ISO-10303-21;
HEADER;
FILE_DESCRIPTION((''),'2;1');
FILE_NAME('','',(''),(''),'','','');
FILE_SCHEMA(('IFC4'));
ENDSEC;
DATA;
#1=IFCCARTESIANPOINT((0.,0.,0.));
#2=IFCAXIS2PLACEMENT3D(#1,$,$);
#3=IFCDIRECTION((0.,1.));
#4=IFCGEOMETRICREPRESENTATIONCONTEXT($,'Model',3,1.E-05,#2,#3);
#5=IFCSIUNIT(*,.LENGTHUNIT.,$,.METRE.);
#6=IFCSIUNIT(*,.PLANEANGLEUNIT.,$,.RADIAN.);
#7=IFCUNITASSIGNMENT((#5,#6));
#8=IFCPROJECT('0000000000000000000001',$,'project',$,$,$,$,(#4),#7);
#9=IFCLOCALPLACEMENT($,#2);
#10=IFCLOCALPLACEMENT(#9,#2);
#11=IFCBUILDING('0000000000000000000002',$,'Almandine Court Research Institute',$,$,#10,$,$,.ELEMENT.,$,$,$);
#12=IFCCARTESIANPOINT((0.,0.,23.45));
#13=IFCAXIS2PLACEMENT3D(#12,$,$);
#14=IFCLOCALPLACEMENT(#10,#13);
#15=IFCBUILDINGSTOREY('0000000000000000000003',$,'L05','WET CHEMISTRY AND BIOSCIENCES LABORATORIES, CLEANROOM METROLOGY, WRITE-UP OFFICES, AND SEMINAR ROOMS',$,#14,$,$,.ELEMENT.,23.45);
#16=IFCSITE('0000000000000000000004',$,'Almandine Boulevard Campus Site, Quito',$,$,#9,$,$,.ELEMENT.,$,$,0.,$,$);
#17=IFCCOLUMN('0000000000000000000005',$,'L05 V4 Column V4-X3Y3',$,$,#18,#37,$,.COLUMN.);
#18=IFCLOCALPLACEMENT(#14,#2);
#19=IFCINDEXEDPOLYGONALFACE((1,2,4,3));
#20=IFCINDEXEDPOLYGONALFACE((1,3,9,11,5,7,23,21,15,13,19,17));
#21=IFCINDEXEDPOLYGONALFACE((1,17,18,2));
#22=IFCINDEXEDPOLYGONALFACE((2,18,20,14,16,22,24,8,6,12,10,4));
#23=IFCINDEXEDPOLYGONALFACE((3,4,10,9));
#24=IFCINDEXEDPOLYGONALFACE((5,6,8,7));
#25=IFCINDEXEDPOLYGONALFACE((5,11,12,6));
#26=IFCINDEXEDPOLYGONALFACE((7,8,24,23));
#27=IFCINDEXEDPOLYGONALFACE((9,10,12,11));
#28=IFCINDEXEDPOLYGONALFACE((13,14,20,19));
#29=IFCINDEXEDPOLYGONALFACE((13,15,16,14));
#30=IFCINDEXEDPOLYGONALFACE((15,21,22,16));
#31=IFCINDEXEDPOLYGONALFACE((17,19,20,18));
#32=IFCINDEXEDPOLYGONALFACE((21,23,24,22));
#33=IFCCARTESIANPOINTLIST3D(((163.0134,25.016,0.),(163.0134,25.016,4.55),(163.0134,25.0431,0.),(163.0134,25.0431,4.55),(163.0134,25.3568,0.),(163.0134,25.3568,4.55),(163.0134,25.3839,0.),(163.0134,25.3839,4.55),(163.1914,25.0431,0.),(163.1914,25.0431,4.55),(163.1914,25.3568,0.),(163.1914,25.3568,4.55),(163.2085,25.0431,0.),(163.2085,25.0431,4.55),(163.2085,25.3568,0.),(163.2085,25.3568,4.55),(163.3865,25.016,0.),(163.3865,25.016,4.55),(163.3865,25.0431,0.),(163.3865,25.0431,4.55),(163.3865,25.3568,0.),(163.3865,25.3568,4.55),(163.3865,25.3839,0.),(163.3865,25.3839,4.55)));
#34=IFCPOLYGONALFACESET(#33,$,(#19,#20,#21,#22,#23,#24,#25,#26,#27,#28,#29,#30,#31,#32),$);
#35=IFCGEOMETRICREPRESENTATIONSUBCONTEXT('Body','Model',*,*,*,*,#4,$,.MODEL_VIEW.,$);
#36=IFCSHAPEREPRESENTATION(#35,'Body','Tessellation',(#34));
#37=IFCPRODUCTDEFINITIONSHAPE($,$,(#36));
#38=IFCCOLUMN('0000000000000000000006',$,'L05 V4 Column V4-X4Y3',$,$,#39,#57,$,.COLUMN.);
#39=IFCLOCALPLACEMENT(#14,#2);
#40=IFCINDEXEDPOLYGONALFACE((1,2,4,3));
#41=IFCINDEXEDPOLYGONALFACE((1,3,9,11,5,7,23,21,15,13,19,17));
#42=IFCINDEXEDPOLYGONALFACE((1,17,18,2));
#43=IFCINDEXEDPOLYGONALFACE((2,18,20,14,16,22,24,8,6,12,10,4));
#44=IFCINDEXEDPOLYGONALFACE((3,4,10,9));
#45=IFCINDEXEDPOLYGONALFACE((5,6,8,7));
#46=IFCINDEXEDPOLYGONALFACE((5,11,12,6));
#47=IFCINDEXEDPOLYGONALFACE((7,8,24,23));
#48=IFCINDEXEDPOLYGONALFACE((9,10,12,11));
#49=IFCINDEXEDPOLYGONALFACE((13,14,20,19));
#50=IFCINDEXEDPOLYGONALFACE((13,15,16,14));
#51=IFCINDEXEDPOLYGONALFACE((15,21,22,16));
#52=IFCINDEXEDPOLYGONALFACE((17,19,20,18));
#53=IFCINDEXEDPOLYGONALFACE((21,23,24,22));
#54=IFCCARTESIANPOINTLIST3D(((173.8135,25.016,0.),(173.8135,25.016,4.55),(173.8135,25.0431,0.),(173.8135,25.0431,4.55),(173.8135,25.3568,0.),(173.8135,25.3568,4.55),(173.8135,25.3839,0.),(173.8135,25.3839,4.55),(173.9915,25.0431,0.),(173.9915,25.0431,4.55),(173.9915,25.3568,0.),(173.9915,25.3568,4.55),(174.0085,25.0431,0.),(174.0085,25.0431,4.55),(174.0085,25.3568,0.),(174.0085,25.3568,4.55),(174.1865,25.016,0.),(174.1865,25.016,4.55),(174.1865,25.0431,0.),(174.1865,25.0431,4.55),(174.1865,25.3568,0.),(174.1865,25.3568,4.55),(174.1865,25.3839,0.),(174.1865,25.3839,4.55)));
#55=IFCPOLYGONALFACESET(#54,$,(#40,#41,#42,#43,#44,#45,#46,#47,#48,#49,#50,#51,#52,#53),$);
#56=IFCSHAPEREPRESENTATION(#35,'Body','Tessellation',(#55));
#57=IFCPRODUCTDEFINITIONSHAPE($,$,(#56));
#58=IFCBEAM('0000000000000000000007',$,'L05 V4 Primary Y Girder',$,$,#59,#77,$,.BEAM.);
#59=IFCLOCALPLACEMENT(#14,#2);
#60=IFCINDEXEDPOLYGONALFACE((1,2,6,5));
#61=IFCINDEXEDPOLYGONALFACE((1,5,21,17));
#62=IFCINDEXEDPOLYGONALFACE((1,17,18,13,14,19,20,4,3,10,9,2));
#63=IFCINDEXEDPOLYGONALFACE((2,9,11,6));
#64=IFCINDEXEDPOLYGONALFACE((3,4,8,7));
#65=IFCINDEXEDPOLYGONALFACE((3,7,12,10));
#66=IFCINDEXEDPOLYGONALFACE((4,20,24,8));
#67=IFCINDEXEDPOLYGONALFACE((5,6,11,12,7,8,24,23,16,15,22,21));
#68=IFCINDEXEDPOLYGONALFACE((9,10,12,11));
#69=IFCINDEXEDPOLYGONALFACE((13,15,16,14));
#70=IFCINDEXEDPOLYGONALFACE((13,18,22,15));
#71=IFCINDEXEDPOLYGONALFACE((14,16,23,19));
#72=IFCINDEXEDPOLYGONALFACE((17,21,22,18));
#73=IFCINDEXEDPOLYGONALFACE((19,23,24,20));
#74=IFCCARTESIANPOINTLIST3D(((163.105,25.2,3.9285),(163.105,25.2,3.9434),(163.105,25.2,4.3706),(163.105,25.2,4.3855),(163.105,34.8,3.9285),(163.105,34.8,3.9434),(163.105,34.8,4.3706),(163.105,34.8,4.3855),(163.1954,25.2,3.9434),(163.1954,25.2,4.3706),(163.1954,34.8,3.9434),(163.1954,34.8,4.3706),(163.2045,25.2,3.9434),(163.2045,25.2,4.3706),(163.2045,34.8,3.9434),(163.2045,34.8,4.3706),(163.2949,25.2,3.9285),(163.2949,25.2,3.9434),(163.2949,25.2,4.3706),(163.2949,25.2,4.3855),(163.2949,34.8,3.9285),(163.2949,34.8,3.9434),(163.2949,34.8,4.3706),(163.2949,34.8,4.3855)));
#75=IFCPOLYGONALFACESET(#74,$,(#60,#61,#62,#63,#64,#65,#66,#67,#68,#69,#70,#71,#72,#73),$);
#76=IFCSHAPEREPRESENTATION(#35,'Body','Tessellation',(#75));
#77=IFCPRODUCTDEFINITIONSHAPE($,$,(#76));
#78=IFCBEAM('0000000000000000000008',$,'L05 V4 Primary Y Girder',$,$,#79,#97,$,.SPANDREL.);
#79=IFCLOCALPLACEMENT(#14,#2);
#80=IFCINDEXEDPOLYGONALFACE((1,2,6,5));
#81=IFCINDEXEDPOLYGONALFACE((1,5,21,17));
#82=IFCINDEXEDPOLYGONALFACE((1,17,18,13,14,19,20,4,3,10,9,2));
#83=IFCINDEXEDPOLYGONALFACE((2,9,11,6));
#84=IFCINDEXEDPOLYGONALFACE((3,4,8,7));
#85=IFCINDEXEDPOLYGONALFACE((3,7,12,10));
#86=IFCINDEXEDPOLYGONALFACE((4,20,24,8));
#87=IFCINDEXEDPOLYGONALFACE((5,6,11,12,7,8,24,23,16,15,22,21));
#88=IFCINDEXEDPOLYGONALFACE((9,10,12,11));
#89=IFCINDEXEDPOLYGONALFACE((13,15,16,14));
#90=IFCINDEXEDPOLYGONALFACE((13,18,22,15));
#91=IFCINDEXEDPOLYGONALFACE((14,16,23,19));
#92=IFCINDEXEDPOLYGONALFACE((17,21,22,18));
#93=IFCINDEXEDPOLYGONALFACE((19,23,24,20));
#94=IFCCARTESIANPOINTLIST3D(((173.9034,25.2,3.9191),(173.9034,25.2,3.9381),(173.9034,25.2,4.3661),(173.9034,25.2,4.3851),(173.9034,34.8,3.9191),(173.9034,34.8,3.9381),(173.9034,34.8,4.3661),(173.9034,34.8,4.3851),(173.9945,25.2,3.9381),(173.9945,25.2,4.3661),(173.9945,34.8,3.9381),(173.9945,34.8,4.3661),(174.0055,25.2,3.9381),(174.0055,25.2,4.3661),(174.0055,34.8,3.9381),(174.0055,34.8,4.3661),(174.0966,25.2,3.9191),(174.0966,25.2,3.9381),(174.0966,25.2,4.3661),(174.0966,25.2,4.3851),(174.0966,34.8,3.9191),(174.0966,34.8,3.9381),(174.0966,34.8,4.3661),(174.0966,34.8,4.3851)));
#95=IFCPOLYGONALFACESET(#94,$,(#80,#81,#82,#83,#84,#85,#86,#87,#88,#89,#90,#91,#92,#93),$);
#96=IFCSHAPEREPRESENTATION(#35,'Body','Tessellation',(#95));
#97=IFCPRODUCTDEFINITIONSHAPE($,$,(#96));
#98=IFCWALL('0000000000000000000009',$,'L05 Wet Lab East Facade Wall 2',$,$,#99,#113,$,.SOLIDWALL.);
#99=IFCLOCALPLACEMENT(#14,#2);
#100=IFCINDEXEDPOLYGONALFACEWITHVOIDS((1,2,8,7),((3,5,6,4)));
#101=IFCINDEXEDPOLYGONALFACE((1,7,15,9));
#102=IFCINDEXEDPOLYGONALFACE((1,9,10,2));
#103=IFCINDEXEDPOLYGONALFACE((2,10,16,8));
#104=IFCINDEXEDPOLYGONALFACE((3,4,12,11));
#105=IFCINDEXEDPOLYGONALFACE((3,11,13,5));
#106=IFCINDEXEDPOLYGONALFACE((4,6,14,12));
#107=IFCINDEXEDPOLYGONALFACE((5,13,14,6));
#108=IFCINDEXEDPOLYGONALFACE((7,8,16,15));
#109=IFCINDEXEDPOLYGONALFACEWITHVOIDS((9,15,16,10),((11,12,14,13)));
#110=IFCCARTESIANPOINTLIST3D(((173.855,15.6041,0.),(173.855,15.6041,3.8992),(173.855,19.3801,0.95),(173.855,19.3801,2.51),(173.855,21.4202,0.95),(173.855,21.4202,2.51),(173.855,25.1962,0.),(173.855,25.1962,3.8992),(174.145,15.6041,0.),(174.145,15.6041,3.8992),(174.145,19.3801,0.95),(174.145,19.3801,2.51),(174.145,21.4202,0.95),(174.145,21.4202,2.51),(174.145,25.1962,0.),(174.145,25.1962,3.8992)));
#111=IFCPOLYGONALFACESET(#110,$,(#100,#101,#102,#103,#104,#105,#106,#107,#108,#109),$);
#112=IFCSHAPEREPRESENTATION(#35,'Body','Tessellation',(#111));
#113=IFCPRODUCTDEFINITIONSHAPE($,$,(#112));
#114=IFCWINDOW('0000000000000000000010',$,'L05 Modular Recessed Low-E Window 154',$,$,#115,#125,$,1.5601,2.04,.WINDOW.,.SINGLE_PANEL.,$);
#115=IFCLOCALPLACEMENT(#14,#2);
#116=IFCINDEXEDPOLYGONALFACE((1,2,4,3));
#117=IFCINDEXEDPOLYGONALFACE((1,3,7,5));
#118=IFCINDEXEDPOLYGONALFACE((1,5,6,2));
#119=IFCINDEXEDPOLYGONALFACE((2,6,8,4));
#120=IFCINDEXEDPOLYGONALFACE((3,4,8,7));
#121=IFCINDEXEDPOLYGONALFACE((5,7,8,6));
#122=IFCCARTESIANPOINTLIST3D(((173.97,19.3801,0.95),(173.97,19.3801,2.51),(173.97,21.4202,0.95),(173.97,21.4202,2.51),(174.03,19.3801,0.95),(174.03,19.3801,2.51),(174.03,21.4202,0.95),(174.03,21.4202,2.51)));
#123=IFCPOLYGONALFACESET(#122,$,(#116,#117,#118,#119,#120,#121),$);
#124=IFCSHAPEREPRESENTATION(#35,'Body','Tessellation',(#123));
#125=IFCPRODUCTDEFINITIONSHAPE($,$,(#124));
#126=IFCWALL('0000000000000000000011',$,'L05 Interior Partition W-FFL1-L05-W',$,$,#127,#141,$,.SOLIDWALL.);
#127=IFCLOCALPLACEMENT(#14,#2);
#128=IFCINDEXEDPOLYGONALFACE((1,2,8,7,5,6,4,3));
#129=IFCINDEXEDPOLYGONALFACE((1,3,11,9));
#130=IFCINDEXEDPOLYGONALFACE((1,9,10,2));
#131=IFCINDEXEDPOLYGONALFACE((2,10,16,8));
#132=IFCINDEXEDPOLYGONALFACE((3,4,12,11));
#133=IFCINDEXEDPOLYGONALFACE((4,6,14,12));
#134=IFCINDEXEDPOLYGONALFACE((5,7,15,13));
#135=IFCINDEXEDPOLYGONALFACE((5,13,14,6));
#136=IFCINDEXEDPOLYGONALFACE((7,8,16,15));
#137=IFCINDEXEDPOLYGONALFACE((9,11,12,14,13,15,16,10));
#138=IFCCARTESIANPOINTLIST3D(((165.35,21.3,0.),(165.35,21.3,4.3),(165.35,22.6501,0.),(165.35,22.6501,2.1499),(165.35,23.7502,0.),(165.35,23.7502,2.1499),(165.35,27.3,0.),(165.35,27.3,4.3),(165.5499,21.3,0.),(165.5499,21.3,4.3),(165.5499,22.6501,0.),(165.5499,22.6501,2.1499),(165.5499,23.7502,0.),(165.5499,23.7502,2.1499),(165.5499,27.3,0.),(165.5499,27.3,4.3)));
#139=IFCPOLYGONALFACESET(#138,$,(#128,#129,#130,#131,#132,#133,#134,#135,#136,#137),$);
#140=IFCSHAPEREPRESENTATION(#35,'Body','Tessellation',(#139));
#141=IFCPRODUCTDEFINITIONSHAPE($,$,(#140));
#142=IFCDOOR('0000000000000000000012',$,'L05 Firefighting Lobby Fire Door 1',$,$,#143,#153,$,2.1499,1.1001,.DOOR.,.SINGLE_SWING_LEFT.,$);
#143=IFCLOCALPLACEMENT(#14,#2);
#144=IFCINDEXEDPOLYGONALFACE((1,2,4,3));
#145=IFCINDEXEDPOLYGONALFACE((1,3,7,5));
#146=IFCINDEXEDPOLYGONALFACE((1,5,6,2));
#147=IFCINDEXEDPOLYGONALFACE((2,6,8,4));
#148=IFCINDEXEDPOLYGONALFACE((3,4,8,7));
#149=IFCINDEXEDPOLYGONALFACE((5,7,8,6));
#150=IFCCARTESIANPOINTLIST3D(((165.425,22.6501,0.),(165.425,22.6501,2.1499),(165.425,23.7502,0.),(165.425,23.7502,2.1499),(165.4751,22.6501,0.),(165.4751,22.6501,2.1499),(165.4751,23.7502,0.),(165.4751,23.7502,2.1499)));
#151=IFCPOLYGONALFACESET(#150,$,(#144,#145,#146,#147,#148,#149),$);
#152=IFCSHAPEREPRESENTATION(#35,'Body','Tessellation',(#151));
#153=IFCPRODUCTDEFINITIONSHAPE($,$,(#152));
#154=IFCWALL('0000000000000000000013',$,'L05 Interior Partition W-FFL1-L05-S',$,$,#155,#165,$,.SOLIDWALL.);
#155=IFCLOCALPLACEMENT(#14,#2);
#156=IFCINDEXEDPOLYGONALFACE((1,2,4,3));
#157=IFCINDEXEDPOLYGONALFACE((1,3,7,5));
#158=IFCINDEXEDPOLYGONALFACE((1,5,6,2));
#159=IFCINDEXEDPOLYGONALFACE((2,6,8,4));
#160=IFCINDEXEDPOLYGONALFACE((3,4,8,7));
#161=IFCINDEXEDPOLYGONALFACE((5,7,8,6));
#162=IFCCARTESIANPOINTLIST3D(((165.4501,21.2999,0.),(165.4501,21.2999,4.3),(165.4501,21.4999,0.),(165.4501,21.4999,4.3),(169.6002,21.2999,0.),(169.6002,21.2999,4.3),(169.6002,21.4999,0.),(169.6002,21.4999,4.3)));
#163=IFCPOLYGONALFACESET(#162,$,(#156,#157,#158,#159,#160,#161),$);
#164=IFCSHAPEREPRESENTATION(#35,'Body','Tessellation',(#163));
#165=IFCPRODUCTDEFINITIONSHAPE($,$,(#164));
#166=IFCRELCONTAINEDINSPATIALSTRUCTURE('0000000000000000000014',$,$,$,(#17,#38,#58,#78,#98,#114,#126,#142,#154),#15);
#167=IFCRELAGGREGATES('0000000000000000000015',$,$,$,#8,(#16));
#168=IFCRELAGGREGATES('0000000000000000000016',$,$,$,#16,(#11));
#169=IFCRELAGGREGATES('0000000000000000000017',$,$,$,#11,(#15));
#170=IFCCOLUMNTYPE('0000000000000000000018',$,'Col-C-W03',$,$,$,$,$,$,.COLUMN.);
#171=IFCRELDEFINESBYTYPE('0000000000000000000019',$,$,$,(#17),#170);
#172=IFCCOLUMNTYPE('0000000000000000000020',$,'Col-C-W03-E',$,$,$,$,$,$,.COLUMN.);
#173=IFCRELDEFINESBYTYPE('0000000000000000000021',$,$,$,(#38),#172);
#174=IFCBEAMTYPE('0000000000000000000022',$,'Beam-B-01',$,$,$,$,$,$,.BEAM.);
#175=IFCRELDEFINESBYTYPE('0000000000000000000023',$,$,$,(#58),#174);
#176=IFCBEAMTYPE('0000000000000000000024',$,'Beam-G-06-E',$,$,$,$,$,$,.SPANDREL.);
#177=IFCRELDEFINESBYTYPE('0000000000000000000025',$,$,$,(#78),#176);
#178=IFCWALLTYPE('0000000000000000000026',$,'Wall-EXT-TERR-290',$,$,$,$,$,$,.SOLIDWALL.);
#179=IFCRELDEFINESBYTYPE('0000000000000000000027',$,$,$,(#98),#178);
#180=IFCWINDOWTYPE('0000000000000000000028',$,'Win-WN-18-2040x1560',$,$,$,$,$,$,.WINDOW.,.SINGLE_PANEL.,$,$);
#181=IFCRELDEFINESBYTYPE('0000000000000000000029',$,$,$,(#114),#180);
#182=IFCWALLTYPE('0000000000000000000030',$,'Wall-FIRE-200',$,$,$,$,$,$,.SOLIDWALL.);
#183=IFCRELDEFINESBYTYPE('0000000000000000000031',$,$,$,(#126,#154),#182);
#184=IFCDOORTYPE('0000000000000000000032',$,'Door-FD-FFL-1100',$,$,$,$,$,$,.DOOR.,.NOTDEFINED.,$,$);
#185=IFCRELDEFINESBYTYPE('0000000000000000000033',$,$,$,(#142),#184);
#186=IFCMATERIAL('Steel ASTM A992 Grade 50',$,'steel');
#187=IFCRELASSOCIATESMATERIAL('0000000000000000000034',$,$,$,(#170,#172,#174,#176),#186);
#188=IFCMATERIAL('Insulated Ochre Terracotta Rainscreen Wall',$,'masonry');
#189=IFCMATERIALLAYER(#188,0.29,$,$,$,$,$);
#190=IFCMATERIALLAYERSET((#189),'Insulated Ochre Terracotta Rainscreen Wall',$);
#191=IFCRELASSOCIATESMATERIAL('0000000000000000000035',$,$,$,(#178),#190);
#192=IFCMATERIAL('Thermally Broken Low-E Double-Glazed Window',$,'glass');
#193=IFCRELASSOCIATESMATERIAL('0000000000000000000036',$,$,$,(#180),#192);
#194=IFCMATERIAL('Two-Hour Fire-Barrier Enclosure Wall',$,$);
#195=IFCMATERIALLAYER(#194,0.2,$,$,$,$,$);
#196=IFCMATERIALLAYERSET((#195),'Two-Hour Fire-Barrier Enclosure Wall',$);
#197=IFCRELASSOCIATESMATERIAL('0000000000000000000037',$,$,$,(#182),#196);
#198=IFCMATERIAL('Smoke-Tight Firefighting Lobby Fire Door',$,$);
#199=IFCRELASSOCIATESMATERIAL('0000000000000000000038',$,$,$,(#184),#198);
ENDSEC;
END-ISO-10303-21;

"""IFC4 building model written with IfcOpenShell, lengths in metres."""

from ifc_helpers import new_model, si_unit, direction, frame, frame_2d, origin, origin_2d, place, context, subcontext, project, spatial, rectangle, i_section, extrude, material, layer, layer_set, material_profile, profile_set, type_object, element, fill, save


model = new_model("IFC4")

# Units and contexts
model_context = context("Model", 3, precision=1e-05, world=origin(), true_north=direction((0.0, 1.0)))
body_context = subcontext(model_context, "Body", "Model", "MODEL_VIEW")
ifc_project = project(units=[si_unit("LENGTHUNIT", "METRE"), si_unit("PLANEANGLEUNIT", "RADIAN")], contexts=[model_context])

# Site, building, storey
site_placement = place(None, origin())
site = spatial("IfcSite", under=ifc_project, at=site_placement, Name="Almandine Boulevard Campus Site, Quito", CompositionType="ELEMENT", RefElevation=0.0)
building_placement = place(site_placement, origin())
building = spatial("IfcBuilding", under=site, at=building_placement, Name="Almandine Court Research Institute", CompositionType="ELEMENT")
storey_placement = place(building_placement, frame((0.0, 0.0, 23.45)))
storey = spatial("IfcBuildingStorey", under=building, at=storey_placement, Name="L05", Description="WET CHEMISTRY AND BIOSCIENCES LABORATORIES, CLEANROOM METROLOGY, WRITE-UP OFFICES, AND SEMINAR ROOMS", CompositionType="ELEMENT", Elevation=23.45)

# Columns
ifc_material_1 = material(Name="Steel ASTM A992 Grade 50", Category="steel")
ifc_material_profile_1 = material_profile(ifc_material_1, i_section(OverallWidth=0.373, OverallDepth=0.3679, WebThickness=0.0171, FlangeThickness=0.0271, at=origin_2d()), Name="W360x179")
ifc_profile_set_1 = profile_set([ifc_material_profile_1], Name="Steel ASTM A992 Grade 50")
column_type_1 = type_object("IfcColumnType", Name="Col-C-W03", PredefinedType="COLUMN", material=ifc_profile_set_1)
column_1_placement = place(storey_placement, frame((163.2, 25.2, 0.0), z_axis=(0.0, 0.0, 1.0), x_axis=(1.0, 0.0, 0.0)))
element("IfcColumn", 1, at=column_1_placement, inside=storey, type_object=column_type_1, Name="L05 V4 Column V4-X3Y3", PredefinedType="COLUMN", context=body_context, shape_type="SweptSolid", body=[
    extrude(i_section(OverallWidth=0.373, OverallDepth=0.3679, WebThickness=0.0171, FlangeThickness=0.0271, at=origin_2d()), origin(), (0.0, 0.0, 1.0), 4.55),
])
ifc_material_profile_2 = material_profile(ifc_material_1, i_section(OverallWidth=0.373, OverallDepth=0.3679, WebThickness=0.0171, FlangeThickness=0.0271, at=origin_2d()), Name="W360x179")
ifc_profile_set_2 = profile_set([ifc_material_profile_2], Name="Steel ASTM A992 Grade 50")
column_type_2 = type_object("IfcColumnType", Name="Col-C-W03-E", PredefinedType="COLUMN", material=ifc_profile_set_2)
column_2_placement = place(storey_placement, frame((174.0, 25.2, 0.0), z_axis=(0.0, 0.0, 1.0), x_axis=(1.0, 0.0, 0.0)))
element("IfcColumn", 2, at=column_2_placement, inside=storey, type_object=column_type_2, Name="L05 V4 Column V4-X4Y3", PredefinedType="COLUMN", context=body_context, shape_type="SweptSolid", body=[
    extrude(i_section(OverallWidth=0.373, OverallDepth=0.3679, WebThickness=0.0171, FlangeThickness=0.0271, at=origin_2d()), origin(), (0.0, 0.0, 1.0), 4.55),
])

# Beams
ifc_material_profile_3 = material_profile(ifc_material_1, i_section(OverallWidth=0.1899, OverallDepth=0.457, WebThickness=0.009, FlangeThickness=0.0149, at=origin_2d()), Name="W460x74")
ifc_profile_set_3 = profile_set([ifc_material_profile_3], Name="Steel ASTM A992 Grade 50")
beam_type_1 = type_object("IfcBeamType", Name="Beam-B-01", PredefinedType="BEAM", material=ifc_profile_set_3)
beam_1_placement = place(storey_placement, frame((163.2, 25.2, 4.157), z_axis=(0.0, 1.0, 0.0), x_axis=(-1.0, 0.0, 0.0)))
element("IfcBeam", 3, at=beam_1_placement, inside=storey, type_object=beam_type_1, Name="L05 V4 Primary Y Girder", PredefinedType="BEAM", context=body_context, shape_type="SweptSolid", body=[
    extrude(i_section(OverallWidth=0.1899, OverallDepth=0.457, WebThickness=0.009, FlangeThickness=0.0149, at=origin_2d()), origin(), (0.0, 0.0, 1.0), 9.6001),
])
ifc_material_profile_4 = material_profile(ifc_material_1, i_section(OverallWidth=0.1931, OverallDepth=0.4661, WebThickness=0.011, FlangeThickness=0.019, at=origin_2d()), Name="W460x97")
ifc_profile_set_4 = profile_set([ifc_material_profile_4], Name="Steel ASTM A992 Grade 50")
beam_type_2 = type_object("IfcBeamType", Name="Beam-G-06-E", PredefinedType="SPANDREL", material=ifc_profile_set_4)
beam_2_placement = place(storey_placement, frame((174.0, 25.2, 4.1521), z_axis=(0.0, 1.0, 0.0), x_axis=(-1.0, 0.0, 0.0)))
element("IfcBeam", 4, at=beam_2_placement, inside=storey, type_object=beam_type_2, Name="L05 V4 Primary Y Girder", PredefinedType="SPANDREL", context=body_context, shape_type="SweptSolid", body=[
    extrude(i_section(OverallWidth=0.1931, OverallDepth=0.4661, WebThickness=0.011, FlangeThickness=0.019, at=origin_2d()), origin(), (0.0, 0.0, 1.0), 9.6001),
])

# Wall, opening, window
ifc_material_2 = material(Name="Insulated Ochre Terracotta Rainscreen Wall", Category="masonry")
ifc_layer_1 = layer(ifc_material_2, 0.29)
ifc_layer_set_1 = layer_set([ifc_layer_1], Name="Insulated Ochre Terracotta Rainscreen Wall")
wall_type_1 = type_object("IfcWallType", Name="Wall-EXT-TERR-290", PredefinedType="SOLIDWALL", material=ifc_layer_set_1)
wall_1_placement = place(storey_placement, frame((174.0, 25.196, 0.0), z_axis=(0.0, 0.0, 1.0), x_axis=(0.0, -1.0, 0.0)))
wall_1 = element("IfcWall", 5, at=wall_1_placement, inside=storey, type_object=wall_type_1, Name="L05 Wet Lab East Facade Wall 2", PredefinedType="SOLIDWALL", context=body_context, shape_type="SweptSolid", body=[
    extrude(rectangle(XDim=9.592, YDim=0.29, at=frame_2d((4.7959, 0.0))), origin(), (0.0, 0.0, 1.0), 3.8992),
])
opening_1_placement = place(wall_1_placement, frame((3.7759, 0.0, 0.95)))
opening_1 = element("IfcOpeningElement", 6, at=opening_1_placement, cuts=wall_1, PredefinedType="OPENING", context=body_context, shape_type="SweptSolid", body=[
    extrude(rectangle(XDim=2.04, YDim=1.5601, at=frame_2d((1.02, 0.78))), frame((0.0, 0.155, 0.0), z_axis=(0.0, -1.0, 0.0), x_axis=(1.0, 0.0, 0.0)), (0.0, 0.0, 1.0), 0.3101),
])
ifc_material_3 = material(Name="Thermally Broken Low-E Double-Glazed Window", Category="glass")
window_type = type_object("IfcWindowType", Name="Win-WN-18-2040x1560", PartitioningType="SINGLE_PANEL", PredefinedType="WINDOW", material=ifc_material_3)
window_placement = place(opening_1_placement, origin())
window = element("IfcWindow", 7, at=window_placement, inside=storey, type_object=window_type, Name="L05 Modular Recessed Low-E Window 154", OverallHeight=1.5601, OverallWidth=2.04, PartitioningType="SINGLE_PANEL", PredefinedType="WINDOW", context=body_context, shape_type="SweptSolid", body=[
    extrude(rectangle(XDim=2.04, YDim=1.5601, at=frame_2d((1.02, 0.78))), frame((0.0, 0.03, 0.0), z_axis=(0.0, -1.0, 0.0), x_axis=(1.0, 0.0, 0.0)), (0.0, 0.0, 1.0), 0.0601),
])
fill(opening_1, window)

# Wall, opening, door
ifc_material_4 = material(Name="Two-Hour Fire-Barrier Enclosure Wall")
ifc_layer_2 = layer(ifc_material_4, 0.2)
ifc_layer_set_2 = layer_set([ifc_layer_2], Name="Two-Hour Fire-Barrier Enclosure Wall")
wall_type_2 = type_object("IfcWallType", Name="Wall-FIRE-200", PredefinedType="SOLIDWALL", material=ifc_layer_set_2)
wall_2_placement = place(storey_placement, frame((165.45, 21.3, 0.0), z_axis=(0.0, 0.0, 1.0), x_axis=(0.0, 1.0, 0.0)))
wall_2 = element("IfcWall", 8, at=wall_2_placement, inside=storey, type_object=wall_type_2, Name="L05 Interior Partition W-FFL1-L05-W", PredefinedType="SOLIDWALL", context=body_context, shape_type="SweptSolid", body=[
    extrude(rectangle(XDim=6.0, YDim=0.2, at=frame_2d((3.0, 0.0))), origin(), (0.0, 0.0, 1.0), 4.3),
])
opening_2_placement = place(wall_2_placement, frame((1.3501, 0.0, 0.0)))
opening_2 = element("IfcOpeningElement", 9, at=opening_2_placement, cuts=wall_2, PredefinedType="OPENING", context=body_context, shape_type="SweptSolid", body=[
    extrude(rectangle(XDim=1.1001, YDim=2.1499, at=frame_2d((0.55, 1.075))), frame((0.0, 0.1099, 0.0), z_axis=(0.0, -1.0, 0.0), x_axis=(1.0, 0.0, 0.0)), (0.0, 0.0, 1.0), 0.22),
])
ifc_material_5 = material(Name="Smoke-Tight Firefighting Lobby Fire Door")
door_type_1 = type_object("IfcDoorType", Name="Door-FD-FFL-1100", OperationType="NOTDEFINED", PredefinedType="DOOR", material=ifc_material_5)
door_1_placement = place(opening_2_placement, origin())
door_1 = element("IfcDoor", 10, at=door_1_placement, inside=storey, type_object=door_type_1, Name="L05 Firefighting Lobby Fire Door 1", OperationType="SINGLE_SWING_LEFT", OverallHeight=2.1499, OverallWidth=1.1001, PredefinedType="DOOR", context=body_context, shape_type="SweptSolid", body=[
    extrude(rectangle(XDim=1.1001, YDim=2.1499, at=frame_2d((0.55, 1.075))), frame((0.0, 0.0249, 0.0), z_axis=(0.0, -1.0, 0.0), x_axis=(1.0, 0.0, 0.0)), (0.0, 0.0, 1.0), 0.05),
])
fill(opening_2, door_1)

# Wall
for number, where, z_axis, x_axis, name in (
    (11, (165.45, 21.3999, 0.0), (0.0, 0.0, 1.0), (1.0, 0.0, 0.0), "L05 Interior Partition W-FFL1-L05-S"),
):
    element("IfcWall", number, at=place(storey_placement, frame(where, z_axis=z_axis, x_axis=x_axis)), inside=storey, type_object=wall_type_2, Name=name, PredefinedType="SOLIDWALL", context=body_context, shape_type="SweptSolid", body=[
        extrude(rectangle(XDim=4.1501, YDim=0.2, at=frame_2d((2.0752, 0.0))), origin(), (0.0, 0.0, 1.0), 4.3),
    ])

save(model, "model.ifc")
